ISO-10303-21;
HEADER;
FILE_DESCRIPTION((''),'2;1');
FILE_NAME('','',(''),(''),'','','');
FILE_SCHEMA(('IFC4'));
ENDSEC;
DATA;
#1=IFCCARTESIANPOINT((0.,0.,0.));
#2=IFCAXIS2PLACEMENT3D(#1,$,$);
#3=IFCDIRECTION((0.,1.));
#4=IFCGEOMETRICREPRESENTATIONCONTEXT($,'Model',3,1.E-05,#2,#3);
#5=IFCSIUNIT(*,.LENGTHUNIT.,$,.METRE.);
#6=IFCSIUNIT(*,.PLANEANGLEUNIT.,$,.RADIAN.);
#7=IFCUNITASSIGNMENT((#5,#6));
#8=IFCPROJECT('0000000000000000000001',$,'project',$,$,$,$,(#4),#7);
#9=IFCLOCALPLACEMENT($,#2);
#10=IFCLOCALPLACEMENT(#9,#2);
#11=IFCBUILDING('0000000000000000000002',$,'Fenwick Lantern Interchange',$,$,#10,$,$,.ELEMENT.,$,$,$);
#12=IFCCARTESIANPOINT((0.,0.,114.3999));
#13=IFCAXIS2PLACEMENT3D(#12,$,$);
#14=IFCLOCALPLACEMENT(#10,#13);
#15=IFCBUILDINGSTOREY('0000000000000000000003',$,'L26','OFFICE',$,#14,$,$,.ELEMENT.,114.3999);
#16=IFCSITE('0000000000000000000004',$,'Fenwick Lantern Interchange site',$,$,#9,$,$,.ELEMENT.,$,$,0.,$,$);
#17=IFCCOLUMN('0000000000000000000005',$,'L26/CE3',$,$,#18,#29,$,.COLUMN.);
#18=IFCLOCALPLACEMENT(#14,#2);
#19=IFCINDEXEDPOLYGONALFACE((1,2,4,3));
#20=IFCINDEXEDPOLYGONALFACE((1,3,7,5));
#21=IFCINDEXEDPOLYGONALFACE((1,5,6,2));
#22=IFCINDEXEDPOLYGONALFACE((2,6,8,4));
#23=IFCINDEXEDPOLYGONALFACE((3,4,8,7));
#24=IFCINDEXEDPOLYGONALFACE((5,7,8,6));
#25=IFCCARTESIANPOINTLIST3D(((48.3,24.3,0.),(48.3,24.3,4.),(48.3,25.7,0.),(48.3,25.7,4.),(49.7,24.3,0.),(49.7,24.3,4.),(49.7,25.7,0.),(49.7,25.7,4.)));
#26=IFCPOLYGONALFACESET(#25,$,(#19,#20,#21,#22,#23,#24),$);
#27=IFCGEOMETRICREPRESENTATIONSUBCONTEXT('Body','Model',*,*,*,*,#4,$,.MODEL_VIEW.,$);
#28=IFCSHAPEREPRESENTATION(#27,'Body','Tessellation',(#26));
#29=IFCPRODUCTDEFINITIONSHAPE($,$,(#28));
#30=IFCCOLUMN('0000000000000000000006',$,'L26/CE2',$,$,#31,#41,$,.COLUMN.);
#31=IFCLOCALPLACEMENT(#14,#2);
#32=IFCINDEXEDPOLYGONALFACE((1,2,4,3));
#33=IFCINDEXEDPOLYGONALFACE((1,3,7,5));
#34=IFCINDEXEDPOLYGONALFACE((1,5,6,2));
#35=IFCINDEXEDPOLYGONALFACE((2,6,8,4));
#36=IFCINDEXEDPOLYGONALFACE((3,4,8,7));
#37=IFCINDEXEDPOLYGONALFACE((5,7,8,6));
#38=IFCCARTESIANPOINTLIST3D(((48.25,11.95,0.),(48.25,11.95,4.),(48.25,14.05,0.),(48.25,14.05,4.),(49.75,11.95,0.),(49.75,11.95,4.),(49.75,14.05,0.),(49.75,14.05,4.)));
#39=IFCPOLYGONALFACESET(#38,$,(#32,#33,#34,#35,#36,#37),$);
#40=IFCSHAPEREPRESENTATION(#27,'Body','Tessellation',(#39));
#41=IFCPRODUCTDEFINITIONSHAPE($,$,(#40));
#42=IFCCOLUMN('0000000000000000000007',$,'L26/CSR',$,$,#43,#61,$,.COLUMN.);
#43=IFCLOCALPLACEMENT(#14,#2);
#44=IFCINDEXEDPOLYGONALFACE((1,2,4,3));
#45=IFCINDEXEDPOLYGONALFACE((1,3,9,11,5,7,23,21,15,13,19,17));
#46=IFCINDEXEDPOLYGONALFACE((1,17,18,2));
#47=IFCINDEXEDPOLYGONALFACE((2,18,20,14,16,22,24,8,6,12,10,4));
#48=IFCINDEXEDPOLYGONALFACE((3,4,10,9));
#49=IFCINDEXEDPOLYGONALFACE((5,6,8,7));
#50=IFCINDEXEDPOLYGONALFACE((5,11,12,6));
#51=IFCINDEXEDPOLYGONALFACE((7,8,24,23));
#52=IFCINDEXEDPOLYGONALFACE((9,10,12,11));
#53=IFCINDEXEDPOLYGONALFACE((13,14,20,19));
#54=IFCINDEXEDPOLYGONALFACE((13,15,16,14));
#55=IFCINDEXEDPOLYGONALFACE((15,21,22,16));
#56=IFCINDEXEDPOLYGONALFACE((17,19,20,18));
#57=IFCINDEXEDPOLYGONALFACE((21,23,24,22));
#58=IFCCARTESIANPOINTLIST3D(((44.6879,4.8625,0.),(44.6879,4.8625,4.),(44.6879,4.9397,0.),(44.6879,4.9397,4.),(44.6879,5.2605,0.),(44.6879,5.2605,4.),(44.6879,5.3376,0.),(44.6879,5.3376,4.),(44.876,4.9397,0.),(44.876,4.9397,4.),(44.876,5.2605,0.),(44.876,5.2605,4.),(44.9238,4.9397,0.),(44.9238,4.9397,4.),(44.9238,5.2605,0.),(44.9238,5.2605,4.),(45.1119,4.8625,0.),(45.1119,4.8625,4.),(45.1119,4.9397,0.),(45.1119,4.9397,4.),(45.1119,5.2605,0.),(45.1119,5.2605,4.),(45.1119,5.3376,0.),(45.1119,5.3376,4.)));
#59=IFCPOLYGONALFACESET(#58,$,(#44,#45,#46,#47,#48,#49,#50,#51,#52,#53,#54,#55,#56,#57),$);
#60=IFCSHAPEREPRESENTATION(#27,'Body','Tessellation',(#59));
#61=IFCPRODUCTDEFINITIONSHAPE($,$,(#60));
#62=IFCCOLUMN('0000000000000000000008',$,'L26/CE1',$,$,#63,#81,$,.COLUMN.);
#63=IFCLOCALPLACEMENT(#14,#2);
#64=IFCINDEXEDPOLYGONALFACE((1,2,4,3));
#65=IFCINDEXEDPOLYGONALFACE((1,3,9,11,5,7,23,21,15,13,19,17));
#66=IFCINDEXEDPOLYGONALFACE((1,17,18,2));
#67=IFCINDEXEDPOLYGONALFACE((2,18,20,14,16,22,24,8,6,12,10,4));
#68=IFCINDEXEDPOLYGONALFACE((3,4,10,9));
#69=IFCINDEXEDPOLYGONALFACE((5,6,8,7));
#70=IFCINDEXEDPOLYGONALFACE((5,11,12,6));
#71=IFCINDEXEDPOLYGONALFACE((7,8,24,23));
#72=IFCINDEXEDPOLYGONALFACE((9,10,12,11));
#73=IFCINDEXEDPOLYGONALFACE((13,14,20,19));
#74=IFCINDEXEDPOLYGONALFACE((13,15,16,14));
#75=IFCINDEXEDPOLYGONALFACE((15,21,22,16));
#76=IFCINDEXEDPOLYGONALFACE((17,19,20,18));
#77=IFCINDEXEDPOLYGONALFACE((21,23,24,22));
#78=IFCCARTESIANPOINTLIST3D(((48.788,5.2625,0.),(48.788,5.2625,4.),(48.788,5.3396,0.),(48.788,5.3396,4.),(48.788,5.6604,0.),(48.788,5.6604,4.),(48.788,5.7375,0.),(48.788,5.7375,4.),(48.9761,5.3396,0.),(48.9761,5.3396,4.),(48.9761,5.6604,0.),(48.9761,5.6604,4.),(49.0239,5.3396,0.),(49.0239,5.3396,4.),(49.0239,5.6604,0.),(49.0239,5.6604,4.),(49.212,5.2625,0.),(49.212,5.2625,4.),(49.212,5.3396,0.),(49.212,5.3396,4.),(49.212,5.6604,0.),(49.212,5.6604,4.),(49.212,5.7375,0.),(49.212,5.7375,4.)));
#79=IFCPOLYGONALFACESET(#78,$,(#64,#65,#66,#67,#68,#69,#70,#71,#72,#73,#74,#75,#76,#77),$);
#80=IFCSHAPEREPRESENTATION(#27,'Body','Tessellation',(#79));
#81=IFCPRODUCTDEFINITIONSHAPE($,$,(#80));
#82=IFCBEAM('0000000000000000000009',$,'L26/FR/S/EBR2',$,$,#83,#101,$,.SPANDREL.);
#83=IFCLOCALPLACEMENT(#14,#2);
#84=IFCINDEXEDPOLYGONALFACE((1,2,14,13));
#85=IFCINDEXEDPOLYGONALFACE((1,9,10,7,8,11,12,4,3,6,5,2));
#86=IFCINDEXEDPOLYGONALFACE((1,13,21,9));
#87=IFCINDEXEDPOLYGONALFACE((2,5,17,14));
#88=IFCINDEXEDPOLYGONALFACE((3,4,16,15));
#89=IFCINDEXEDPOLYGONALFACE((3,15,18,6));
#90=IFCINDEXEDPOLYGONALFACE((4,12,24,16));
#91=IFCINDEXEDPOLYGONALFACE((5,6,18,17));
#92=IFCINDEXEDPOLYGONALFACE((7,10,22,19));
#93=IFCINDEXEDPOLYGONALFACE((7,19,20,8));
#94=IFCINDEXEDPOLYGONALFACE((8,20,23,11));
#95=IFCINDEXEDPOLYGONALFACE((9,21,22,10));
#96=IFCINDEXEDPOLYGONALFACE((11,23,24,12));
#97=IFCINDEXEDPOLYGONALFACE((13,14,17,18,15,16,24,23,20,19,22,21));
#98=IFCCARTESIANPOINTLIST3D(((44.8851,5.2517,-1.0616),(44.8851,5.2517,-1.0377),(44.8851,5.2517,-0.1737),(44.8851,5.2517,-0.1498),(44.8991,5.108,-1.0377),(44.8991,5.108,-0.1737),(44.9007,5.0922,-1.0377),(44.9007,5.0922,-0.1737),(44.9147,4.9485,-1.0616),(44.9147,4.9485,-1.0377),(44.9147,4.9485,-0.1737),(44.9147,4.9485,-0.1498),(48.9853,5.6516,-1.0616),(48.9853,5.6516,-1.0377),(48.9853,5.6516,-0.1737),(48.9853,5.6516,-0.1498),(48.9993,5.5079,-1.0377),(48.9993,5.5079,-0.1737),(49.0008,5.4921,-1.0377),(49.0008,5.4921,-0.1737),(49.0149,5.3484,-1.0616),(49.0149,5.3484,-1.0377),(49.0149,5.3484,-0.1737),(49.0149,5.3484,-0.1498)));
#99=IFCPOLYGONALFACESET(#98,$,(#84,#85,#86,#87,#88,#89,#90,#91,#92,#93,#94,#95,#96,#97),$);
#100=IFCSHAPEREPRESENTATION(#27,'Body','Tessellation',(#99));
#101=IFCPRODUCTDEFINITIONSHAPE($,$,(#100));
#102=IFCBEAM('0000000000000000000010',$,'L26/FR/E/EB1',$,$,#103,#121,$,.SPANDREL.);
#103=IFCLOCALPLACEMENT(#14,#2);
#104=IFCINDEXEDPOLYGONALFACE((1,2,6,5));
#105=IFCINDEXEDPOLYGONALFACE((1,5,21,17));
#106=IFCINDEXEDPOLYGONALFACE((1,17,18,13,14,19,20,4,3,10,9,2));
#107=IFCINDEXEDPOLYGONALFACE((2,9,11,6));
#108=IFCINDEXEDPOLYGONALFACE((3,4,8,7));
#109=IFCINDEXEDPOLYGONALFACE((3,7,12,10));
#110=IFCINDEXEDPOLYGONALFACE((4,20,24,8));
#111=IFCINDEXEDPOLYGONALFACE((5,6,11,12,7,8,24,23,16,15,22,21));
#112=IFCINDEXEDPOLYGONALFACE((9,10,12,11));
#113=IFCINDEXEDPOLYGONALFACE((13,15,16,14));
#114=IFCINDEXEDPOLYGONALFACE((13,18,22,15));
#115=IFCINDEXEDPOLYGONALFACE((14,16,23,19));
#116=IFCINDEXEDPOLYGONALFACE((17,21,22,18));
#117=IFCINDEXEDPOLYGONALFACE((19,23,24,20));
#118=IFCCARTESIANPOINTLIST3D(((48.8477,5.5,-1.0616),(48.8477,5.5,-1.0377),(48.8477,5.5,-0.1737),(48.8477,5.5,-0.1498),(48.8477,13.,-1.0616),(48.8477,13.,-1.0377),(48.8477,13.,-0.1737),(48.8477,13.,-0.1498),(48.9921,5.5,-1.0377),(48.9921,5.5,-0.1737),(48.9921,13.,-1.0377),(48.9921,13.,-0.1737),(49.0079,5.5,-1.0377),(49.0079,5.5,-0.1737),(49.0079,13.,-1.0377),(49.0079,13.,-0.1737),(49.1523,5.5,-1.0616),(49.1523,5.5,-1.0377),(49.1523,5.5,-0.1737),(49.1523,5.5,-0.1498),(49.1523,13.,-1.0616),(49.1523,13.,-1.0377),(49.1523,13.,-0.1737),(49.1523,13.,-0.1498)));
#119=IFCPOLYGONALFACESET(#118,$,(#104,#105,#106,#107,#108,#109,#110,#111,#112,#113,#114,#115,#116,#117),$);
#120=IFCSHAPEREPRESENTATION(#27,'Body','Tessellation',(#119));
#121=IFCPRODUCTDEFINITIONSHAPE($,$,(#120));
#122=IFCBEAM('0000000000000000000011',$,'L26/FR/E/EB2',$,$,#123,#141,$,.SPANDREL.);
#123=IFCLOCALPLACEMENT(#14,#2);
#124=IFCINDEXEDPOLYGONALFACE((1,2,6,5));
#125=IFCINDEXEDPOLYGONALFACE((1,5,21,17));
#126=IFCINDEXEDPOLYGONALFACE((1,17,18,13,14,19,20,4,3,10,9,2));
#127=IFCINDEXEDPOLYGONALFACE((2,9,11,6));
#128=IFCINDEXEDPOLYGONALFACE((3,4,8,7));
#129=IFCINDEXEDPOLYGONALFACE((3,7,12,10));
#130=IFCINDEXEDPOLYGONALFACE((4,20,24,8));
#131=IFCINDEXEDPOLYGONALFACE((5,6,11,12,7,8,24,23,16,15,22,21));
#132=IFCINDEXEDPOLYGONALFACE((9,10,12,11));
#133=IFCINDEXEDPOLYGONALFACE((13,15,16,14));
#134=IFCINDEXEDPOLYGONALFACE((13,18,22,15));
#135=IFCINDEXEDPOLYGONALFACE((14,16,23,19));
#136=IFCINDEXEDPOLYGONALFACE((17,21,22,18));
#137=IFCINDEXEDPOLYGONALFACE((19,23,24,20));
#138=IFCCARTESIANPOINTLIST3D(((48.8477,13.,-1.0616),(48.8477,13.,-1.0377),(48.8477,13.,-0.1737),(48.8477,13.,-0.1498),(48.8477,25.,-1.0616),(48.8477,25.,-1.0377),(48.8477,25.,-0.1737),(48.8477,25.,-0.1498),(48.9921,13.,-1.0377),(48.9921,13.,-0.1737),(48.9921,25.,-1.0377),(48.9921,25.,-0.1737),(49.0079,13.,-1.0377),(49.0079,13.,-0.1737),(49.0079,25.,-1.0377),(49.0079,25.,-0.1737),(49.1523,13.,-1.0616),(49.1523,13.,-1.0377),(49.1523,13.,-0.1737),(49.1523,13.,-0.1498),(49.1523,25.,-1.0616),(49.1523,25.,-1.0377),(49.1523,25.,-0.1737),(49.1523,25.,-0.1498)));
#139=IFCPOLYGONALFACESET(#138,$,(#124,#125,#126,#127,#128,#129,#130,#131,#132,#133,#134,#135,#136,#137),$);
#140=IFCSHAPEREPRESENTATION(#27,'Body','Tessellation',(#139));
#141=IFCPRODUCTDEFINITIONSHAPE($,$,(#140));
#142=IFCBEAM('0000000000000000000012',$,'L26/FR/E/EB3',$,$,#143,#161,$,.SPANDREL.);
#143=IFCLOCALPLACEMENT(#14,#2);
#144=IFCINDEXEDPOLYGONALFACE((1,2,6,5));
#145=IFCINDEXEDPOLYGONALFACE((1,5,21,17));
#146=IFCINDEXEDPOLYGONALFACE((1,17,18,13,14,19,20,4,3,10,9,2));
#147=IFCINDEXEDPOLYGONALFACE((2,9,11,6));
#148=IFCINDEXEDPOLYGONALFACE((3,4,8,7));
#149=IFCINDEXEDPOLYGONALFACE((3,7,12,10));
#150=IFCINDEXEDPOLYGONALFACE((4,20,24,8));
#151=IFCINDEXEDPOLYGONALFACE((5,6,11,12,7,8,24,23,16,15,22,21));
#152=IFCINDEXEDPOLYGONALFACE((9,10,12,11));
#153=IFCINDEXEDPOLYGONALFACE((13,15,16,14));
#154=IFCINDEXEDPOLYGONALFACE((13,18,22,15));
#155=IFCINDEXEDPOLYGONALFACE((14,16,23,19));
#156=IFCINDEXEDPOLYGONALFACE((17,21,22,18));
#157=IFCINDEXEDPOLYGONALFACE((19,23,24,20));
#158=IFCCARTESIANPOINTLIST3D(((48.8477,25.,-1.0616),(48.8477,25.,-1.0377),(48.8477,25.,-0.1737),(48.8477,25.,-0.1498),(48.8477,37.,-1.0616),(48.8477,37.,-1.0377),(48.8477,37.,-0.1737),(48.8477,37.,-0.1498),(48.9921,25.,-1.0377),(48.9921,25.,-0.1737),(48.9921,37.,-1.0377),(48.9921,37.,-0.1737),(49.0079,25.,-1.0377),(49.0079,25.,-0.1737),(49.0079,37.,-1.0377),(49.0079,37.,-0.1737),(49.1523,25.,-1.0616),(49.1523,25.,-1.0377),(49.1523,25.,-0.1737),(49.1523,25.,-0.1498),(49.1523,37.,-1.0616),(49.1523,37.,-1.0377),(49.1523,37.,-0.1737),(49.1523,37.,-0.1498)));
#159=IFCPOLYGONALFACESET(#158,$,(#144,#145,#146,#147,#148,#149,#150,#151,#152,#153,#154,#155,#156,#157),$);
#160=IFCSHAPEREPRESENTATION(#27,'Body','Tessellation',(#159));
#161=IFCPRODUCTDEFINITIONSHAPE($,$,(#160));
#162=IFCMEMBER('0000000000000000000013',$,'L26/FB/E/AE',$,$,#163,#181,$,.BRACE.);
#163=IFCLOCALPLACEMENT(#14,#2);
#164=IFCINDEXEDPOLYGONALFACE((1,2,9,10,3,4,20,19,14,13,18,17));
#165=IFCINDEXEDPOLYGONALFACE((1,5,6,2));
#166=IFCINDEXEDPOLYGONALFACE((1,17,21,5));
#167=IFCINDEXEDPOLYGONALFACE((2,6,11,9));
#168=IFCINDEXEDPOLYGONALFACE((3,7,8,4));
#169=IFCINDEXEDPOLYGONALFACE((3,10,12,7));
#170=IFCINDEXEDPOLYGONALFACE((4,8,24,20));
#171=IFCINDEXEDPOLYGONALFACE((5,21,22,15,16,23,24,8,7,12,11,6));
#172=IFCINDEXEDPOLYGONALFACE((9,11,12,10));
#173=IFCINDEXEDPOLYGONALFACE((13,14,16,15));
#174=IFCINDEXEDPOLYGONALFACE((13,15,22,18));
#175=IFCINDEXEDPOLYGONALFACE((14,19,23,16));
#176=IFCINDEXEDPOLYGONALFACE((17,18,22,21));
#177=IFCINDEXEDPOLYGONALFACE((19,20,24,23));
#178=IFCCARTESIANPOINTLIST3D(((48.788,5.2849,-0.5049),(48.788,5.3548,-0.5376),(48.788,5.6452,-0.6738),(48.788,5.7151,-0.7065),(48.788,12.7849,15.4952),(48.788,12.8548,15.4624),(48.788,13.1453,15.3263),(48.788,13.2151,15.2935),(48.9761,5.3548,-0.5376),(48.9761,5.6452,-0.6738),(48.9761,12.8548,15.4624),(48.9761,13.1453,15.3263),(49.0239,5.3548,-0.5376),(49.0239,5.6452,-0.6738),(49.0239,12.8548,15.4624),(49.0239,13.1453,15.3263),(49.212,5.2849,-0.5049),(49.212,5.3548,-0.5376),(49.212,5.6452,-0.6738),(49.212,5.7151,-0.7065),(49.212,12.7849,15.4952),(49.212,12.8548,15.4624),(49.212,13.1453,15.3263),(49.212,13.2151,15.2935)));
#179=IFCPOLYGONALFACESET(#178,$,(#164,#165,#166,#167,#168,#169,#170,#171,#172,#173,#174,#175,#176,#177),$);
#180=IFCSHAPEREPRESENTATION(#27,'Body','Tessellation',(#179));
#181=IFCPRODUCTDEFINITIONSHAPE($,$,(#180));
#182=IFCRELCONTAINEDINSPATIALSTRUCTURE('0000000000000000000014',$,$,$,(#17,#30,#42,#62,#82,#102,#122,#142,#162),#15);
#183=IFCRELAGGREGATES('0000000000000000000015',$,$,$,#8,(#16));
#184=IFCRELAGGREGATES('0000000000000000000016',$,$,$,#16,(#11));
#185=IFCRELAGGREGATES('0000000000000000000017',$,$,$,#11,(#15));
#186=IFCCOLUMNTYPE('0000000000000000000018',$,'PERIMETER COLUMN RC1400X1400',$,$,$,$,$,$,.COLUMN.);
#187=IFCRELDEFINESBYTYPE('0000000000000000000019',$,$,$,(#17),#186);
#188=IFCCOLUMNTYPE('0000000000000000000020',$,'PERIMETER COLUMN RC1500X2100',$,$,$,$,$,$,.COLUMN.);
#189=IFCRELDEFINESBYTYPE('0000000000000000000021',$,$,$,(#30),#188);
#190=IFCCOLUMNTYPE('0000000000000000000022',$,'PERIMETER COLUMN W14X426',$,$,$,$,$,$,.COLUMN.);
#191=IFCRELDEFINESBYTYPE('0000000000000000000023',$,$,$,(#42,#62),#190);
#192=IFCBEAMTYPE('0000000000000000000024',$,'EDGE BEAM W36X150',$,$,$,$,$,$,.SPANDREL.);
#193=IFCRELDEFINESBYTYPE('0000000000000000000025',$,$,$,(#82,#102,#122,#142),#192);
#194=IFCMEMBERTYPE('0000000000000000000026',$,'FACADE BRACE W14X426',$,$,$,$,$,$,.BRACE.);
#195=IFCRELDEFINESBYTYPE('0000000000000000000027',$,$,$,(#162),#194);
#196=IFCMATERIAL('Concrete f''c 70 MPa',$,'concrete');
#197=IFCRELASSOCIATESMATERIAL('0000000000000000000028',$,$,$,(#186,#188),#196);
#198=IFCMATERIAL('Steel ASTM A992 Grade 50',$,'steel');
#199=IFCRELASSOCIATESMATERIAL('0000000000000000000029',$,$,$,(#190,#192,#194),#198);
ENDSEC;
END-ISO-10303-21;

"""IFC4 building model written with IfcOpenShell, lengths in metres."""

from ifc_helpers import new_model, si_unit, direction, frame, origin, origin_2d, place, context, subcontext, project, spatial, rectangle, i_section, extrude, material, material_profile, profile_set, type_object, element, save


model = new_model("IFC4")

# Units and contexts
model_context = context("Model", 3, precision=1e-05, world=origin(), true_north=direction((0.0, 1.0)))
body_context = subcontext(model_context, "Body", "Model", "MODEL_VIEW")
ifc_project = project(units=[si_unit("LENGTHUNIT", "METRE"), si_unit("PLANEANGLEUNIT", "RADIAN")], contexts=[model_context])

# Site, building, storey
site_placement = place(None, origin())
site = spatial("IfcSite", under=ifc_project, at=site_placement, Name="Fenwick Lantern Interchange site", CompositionType="ELEMENT", RefElevation=0.0)
building_placement = place(site_placement, origin())
building = spatial("IfcBuilding", under=site, at=building_placement, Name="Fenwick Lantern Interchange", CompositionType="ELEMENT")
storey_placement = place(building_placement, frame((0.0, 0.0, 114.3999)))
storey = spatial("IfcBuildingStorey", under=building, at=storey_placement, Name="L26", Description="OFFICE", CompositionType="ELEMENT", Elevation=114.3999)

# Columns
ifc_material_1 = material(Name="Concrete f'c 70 MPa", Category="concrete")
ifc_material_profile_1 = material_profile(ifc_material_1, rectangle(XDim=1.3999, YDim=1.3999, at=origin_2d()), Name="RC1400X1400")
ifc_profile_set_1 = profile_set([ifc_material_profile_1], Name="Concrete f'c 70 MPa")
column_type_1 = type_object("IfcColumnType", Name="PERIMETER COLUMN RC1400X1400", PredefinedType="COLUMN", material=ifc_profile_set_1)
column_1_placement = place(storey_placement, frame((49.0, 25.0, 0.0), z_axis=(0.0, 0.0, 1.0), x_axis=(1.0, 0.0, 0.0)))
element("IfcColumn", 1, at=column_1_placement, inside=storey, type_object=column_type_1, Name="L26/CE3", PredefinedType="COLUMN", context=body_context, shape_type="SweptSolid", body=[
    extrude(rectangle(XDim=1.3999, YDim=1.3999, at=origin_2d()), origin(), (0.0, 0.0, 1.0), 4.0),
])
ifc_material_profile_2 = material_profile(ifc_material_1, rectangle(XDim=1.5, YDim=2.1001, at=origin_2d()), Name="RC1500X2100")
ifc_profile_set_2 = profile_set([ifc_material_profile_2], Name="Concrete f'c 70 MPa")
column_type_2 = type_object("IfcColumnType", Name="PERIMETER COLUMN RC1500X2100", PredefinedType="COLUMN", material=ifc_profile_set_2)
column_2_placement = place(storey_placement, frame((49.0, 13.0, 0.0), z_axis=(0.0, 0.0, 1.0), x_axis=(1.0, 0.0, 0.0)))
element("IfcColumn", 2, at=column_2_placement, inside=storey, type_object=column_type_2, Name="L26/CE2", PredefinedType="COLUMN", context=body_context, shape_type="SweptSolid", body=[
    extrude(rectangle(XDim=1.5, YDim=2.1001, at=origin_2d()), origin(), (0.0, 0.0, 1.0), 4.0),
])
ifc_material_2 = material(Name="Steel ASTM A992 Grade 50", Category="steel")
ifc_material_profile_3 = material_profile(ifc_material_2, i_section(OverallWidth=0.4241, OverallDepth=0.4751, WebThickness=0.0479, FlangeThickness=0.0771, at=origin_2d()), Name="W14X426")
ifc_profile_set_3 = profile_set([ifc_material_profile_3], Name="Steel ASTM A992 Grade 50")
column_type_3 = type_object("IfcColumnType", Name="PERIMETER COLUMN W14X426", PredefinedType="COLUMN", material=ifc_profile_set_3)
for number, where, z_axis, x_axis, name in (
    (3, (44.8999, 5.1001, 0.0), (0.0, 0.0, 1.0), (1.0, 0.0, 0.0), "L26/CSR"),
    (4, (49.0, 5.5, 0.0), (0.0, 0.0, 1.0), (1.0, 0.0, 0.0), "L26/CE1"),
):
    element("IfcColumn", number, at=place(storey_placement, frame(where, z_axis=z_axis, x_axis=x_axis)), inside=storey, type_object=column_type_3, Name=name, PredefinedType="COLUMN", context=body_context, shape_type="SweptSolid", body=[
        extrude(i_section(OverallWidth=0.4241, OverallDepth=0.4751, WebThickness=0.0479, FlangeThickness=0.0771, at=origin_2d()), origin(), (0.0, 0.0, 1.0), 4.0),
    ])

# Beams
ifc_material_profile_4 = material_profile(ifc_material_2, i_section(OverallWidth=0.3047, OverallDepth=0.9119, WebThickness=0.0159, FlangeThickness=0.0239, at=origin_2d()), Name="W36X150")
ifc_profile_set_4 = profile_set([ifc_material_profile_4], Name="Steel ASTM A992 Grade 50")
beam_type_1 = type_object("IfcBeamType", Name="EDGE BEAM W36X150", PredefinedType="SPANDREL", material=ifc_profile_set_4)
beam_1_placement = place(storey_placement, frame((44.8999, 5.1001, -0.6057), z_axis=(0.995277, 0.097074, 0.0), x_axis=(-0.097074, 0.995277, 0.0)))
element("IfcBeam", 5, at=beam_1_placement, inside=storey, type_object=beam_type_1, Name="L26/FR/S/EBR2", PredefinedType="SPANDREL", context=body_context, shape_type="SweptSolid", body=[
    extrude(i_section(OverallWidth=0.3047, OverallDepth=0.9119, WebThickness=0.0159, FlangeThickness=0.0239, at=origin_2d()), origin(), (0.0, 0.0, 1.0), 4.1196),
])
beam_2_placement = place(storey_placement, frame((49.0, 5.5, -0.6057), z_axis=(0.0, 1.0, 0.0), x_axis=(-1.0, 0.0, 0.0)))
element("IfcBeam", 6, at=beam_2_placement, inside=storey, type_object=beam_type_1, Name="L26/FR/E/EB1", PredefinedType="SPANDREL", context=body_context, shape_type="SweptSolid", body=[
    extrude(i_section(OverallWidth=0.3047, OverallDepth=0.9119, WebThickness=0.0159, FlangeThickness=0.0239, at=origin_2d()), origin(), (0.0, 0.0, 1.0), 7.5),
])
for number, where, z_axis, x_axis, name in (
    (7, (49.0, 13.0, -0.6057), (0.0, 1.0, 0.0), (-1.0, 0.0, 0.0), "L26/FR/E/EB2"),
    (8, (49.0, 25.0, -0.6057), (0.0, 1.0, 0.0), (-1.0, 0.0, 0.0), "L26/FR/E/EB3"),
):
    element("IfcBeam", number, at=place(storey_placement, frame(where, z_axis=z_axis, x_axis=x_axis)), inside=storey, type_object=beam_type_1, Name=name, PredefinedType="SPANDREL", context=body_context, shape_type="SweptSolid", body=[
        extrude(i_section(OverallWidth=0.3047, OverallDepth=0.9119, WebThickness=0.0159, FlangeThickness=0.0239, at=origin_2d()), origin(), (0.0, 0.0, 1.0), 12.0),
    ])

# Member
ifc_material_profile_5 = material_profile(ifc_material_2, i_section(OverallWidth=0.4241, OverallDepth=0.4751, WebThickness=0.0479, FlangeThickness=0.0771, at=origin_2d()), Name="W14X426")
ifc_profile_set_5 = profile_set([ifc_material_profile_5], Name="Steel ASTM A992 Grade 50")
member_type_1 = type_object("IfcMemberType", Name="FACADE BRACE W14X426", PredefinedType="BRACE", material=ifc_profile_set_5)
member_1_placement = place(storey_placement, frame((49.0, 5.5, -0.6057), z_axis=(0.0, 0.424434, 0.905459), x_axis=(-1.0, 0.0, 0.0)))
element("IfcMember", 9, at=member_1_placement, inside=storey, type_object=member_type_1, Name="L26/FB/E/AE", PredefinedType="BRACE", context=body_context, shape_type="SweptSolid", body=[
    extrude(i_section(OverallWidth=0.4241, OverallDepth=0.4751, WebThickness=0.0479, FlangeThickness=0.0771, at=origin_2d()), origin(), (0.0, 0.0, 1.0), 17.6707),
])

save(model, "model.ifc")
